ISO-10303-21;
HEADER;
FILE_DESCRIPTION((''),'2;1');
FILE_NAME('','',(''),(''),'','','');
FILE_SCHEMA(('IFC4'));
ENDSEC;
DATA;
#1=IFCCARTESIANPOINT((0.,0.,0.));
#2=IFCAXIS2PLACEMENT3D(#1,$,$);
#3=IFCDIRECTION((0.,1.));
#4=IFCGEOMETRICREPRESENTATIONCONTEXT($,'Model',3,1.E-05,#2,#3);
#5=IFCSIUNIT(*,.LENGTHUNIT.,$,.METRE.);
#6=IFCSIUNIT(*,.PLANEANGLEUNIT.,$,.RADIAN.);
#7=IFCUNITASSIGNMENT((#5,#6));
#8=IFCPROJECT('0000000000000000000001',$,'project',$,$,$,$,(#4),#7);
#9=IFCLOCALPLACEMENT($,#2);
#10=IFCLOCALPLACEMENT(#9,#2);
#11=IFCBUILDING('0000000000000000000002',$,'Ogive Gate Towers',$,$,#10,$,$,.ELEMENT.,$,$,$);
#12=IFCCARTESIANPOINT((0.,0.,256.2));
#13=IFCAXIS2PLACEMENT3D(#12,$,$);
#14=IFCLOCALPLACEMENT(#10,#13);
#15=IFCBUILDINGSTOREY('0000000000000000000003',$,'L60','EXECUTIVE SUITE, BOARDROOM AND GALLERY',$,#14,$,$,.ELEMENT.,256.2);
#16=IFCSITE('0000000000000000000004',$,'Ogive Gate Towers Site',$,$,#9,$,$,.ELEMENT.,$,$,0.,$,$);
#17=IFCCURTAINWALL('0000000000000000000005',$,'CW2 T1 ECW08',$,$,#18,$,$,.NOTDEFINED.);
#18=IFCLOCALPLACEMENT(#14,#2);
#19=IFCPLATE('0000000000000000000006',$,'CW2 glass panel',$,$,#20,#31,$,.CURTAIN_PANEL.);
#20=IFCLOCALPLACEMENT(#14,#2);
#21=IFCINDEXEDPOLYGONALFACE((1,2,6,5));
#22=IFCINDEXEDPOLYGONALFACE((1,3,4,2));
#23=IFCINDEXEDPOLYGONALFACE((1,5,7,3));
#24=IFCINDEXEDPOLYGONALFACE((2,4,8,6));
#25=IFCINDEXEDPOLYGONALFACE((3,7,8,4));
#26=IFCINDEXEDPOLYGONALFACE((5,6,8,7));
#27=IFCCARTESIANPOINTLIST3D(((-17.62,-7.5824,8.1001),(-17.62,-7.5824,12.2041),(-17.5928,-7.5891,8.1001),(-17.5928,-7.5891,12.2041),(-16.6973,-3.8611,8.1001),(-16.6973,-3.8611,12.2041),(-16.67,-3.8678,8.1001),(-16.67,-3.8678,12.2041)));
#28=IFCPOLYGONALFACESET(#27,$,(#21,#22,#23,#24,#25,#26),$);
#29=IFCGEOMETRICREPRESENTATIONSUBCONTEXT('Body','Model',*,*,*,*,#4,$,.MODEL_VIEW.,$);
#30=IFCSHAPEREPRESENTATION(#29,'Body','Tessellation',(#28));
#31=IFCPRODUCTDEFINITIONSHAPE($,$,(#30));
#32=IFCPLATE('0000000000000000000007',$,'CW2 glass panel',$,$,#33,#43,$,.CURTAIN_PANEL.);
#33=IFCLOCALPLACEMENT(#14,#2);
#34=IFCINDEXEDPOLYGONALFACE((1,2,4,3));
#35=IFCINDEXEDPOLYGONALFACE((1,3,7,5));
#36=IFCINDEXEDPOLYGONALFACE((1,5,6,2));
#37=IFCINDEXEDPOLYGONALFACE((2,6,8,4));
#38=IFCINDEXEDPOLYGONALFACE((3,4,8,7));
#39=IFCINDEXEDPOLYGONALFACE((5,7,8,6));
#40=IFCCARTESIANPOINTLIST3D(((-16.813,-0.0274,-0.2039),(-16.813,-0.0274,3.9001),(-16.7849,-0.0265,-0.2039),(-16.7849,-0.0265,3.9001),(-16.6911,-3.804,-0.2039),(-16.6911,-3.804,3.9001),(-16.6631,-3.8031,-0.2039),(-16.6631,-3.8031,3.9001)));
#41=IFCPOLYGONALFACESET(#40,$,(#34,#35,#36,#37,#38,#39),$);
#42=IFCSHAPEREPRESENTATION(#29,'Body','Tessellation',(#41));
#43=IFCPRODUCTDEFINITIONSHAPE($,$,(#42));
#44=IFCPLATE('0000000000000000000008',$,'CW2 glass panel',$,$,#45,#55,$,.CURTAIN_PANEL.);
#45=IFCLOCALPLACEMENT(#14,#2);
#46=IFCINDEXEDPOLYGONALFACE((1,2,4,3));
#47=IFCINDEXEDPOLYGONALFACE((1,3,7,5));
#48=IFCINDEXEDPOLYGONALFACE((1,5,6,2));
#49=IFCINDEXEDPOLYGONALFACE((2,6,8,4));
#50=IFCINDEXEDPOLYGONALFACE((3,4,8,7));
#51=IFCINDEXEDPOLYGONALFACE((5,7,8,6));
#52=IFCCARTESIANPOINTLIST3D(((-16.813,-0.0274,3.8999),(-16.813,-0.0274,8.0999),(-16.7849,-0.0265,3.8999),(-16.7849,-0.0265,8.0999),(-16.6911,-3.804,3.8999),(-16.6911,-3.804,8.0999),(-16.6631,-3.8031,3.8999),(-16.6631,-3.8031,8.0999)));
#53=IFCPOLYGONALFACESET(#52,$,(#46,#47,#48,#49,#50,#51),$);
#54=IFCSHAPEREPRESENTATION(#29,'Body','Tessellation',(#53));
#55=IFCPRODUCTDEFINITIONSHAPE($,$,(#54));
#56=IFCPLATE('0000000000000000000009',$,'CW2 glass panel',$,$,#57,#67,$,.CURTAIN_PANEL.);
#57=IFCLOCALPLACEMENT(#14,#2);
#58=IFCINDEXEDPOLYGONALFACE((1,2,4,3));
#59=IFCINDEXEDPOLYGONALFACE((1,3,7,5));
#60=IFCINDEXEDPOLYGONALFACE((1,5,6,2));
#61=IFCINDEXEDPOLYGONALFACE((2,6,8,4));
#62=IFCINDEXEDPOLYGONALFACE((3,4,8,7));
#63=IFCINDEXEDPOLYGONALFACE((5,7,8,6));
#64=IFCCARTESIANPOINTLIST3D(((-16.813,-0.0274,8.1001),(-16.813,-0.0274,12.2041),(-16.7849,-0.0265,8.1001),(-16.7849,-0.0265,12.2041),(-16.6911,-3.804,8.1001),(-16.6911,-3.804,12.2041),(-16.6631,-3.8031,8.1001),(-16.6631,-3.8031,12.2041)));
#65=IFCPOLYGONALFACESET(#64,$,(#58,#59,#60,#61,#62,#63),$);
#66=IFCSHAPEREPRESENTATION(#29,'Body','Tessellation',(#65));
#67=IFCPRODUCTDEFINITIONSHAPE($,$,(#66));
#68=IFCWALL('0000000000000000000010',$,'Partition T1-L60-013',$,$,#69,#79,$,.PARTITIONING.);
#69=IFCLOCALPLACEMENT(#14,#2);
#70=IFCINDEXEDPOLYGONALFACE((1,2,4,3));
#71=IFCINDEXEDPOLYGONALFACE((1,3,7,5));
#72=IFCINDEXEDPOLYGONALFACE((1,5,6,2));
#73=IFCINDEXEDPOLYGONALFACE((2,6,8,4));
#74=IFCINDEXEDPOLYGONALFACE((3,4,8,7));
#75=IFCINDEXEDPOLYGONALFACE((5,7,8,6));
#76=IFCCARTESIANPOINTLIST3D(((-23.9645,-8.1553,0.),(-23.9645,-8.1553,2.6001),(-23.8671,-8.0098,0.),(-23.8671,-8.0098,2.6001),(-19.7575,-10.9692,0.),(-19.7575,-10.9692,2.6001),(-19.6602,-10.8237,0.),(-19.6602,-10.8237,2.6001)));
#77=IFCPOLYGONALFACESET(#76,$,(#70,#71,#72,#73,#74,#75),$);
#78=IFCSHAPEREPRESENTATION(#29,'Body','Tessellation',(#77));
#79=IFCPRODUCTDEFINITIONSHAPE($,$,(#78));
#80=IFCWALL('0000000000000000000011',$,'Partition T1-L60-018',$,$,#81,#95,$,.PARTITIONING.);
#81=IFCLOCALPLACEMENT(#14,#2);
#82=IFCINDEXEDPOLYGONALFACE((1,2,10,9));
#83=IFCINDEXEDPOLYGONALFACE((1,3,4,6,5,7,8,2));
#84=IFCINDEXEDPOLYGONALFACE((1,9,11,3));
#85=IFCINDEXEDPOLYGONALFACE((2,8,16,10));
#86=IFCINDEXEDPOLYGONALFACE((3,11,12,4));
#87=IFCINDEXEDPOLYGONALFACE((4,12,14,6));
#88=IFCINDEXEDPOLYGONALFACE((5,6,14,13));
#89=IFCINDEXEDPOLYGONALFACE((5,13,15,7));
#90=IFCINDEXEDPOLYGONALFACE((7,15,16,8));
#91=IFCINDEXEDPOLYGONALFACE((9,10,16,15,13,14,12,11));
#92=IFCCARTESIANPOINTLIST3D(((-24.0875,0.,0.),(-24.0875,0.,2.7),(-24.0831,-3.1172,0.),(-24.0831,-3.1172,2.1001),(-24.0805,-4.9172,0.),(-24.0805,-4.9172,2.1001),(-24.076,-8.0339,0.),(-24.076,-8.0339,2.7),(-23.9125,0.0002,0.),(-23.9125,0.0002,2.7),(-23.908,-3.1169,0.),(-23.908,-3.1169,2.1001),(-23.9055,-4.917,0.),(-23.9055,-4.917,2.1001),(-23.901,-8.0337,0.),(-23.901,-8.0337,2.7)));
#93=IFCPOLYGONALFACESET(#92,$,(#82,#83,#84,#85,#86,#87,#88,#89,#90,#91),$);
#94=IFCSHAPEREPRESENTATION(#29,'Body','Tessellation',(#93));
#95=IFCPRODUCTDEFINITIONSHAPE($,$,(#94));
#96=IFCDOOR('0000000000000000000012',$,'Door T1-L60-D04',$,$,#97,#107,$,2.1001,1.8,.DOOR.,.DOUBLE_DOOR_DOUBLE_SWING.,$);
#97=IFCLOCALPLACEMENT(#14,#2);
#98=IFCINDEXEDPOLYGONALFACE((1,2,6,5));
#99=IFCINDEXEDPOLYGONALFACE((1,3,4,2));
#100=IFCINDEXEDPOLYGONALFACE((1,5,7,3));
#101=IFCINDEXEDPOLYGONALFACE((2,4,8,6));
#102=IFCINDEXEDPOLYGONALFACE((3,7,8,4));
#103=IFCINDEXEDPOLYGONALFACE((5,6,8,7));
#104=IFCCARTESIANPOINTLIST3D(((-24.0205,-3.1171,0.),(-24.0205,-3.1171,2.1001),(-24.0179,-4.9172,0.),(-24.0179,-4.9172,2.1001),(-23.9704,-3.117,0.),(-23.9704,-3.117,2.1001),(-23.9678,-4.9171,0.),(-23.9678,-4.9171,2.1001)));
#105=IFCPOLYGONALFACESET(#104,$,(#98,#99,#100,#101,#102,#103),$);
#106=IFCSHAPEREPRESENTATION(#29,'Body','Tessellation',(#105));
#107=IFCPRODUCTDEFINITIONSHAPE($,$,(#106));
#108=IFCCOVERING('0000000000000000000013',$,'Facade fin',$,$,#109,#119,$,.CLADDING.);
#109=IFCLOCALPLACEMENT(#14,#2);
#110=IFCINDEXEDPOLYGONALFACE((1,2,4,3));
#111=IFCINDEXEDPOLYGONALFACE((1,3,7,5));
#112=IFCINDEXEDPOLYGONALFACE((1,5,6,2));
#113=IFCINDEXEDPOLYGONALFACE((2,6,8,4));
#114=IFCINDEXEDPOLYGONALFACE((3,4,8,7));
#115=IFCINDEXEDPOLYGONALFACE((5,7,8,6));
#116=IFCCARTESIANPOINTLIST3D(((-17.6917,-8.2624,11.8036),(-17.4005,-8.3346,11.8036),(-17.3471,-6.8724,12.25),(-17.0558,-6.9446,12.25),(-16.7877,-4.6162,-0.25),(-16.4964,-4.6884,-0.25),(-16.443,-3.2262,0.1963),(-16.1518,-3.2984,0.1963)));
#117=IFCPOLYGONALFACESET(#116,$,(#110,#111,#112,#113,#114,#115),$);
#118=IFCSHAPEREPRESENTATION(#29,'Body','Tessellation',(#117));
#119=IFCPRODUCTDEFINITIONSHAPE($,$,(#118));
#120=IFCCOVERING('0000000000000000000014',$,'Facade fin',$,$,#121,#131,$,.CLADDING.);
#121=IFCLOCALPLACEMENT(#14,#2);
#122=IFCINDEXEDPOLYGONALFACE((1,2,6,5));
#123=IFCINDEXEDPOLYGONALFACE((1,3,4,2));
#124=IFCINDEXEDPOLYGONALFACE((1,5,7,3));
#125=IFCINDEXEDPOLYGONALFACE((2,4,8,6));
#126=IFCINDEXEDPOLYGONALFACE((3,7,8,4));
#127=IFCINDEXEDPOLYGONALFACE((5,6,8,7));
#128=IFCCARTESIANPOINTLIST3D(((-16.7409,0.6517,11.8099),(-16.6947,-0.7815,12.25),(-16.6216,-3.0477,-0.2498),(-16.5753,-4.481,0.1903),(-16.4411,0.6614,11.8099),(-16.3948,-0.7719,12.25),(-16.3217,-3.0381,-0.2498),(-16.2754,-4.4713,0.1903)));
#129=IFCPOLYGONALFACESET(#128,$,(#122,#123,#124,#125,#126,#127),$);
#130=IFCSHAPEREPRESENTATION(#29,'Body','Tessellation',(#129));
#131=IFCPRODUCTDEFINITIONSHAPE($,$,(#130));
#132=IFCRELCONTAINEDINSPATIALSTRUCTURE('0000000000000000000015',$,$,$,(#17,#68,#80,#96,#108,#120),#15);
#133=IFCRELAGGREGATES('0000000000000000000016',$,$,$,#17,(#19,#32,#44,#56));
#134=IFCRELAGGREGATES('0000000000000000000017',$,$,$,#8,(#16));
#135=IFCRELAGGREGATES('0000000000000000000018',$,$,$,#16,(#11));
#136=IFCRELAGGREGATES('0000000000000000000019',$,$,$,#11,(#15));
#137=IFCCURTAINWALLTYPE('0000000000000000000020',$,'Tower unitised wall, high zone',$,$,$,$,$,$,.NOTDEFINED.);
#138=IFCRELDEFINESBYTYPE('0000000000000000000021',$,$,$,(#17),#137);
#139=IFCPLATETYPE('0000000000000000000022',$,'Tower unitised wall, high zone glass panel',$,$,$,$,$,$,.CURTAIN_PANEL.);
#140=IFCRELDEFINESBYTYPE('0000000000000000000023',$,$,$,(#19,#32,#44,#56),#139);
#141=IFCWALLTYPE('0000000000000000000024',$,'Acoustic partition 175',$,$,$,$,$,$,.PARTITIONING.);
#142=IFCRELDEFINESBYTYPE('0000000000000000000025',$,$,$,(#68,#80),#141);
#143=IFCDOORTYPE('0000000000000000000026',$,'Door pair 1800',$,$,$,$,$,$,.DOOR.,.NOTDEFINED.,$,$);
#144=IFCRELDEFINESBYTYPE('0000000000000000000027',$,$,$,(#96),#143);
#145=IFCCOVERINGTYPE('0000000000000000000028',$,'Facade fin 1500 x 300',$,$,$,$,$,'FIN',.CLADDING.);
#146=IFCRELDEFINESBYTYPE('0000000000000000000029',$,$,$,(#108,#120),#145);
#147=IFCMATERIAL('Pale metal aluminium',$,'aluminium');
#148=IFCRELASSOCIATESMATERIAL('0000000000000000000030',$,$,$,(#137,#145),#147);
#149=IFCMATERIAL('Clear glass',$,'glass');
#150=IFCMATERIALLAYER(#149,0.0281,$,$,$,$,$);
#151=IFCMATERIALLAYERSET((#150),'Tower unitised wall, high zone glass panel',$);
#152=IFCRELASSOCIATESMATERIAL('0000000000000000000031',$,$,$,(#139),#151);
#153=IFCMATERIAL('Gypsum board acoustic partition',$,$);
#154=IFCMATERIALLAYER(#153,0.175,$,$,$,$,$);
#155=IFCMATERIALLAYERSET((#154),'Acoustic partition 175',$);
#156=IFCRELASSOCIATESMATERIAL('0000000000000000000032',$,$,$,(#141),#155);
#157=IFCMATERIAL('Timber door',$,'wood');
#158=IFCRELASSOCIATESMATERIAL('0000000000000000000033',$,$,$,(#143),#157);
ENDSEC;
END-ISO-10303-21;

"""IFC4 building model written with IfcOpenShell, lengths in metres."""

from ifc_helpers import new_model, si_unit, direction, frame, frame_2d, origin, origin_2d, place, context, subcontext, project, spatial, rectangle, extrude, material, layer, layer_set, material_profile, profile_set, type_object, element, fill, aggregate, save


model = new_model("IFC4")

# Units and contexts
model_context = context("Model", 3, precision=1e-05, world=origin(), true_north=direction((0.0, 1.0)))
body_context = subcontext(model_context, "Body", "Model", "MODEL_VIEW")
ifc_project = project(units=[si_unit("LENGTHUNIT", "METRE"), si_unit("PLANEANGLEUNIT", "RADIAN")], contexts=[model_context])

# Site, building, storey
site_placement = place(None, origin())
site = spatial("IfcSite", under=ifc_project, at=site_placement, Name="Ogive Gate Towers Site", CompositionType="ELEMENT", RefElevation=0.0)
building_placement = place(site_placement, origin())
building = spatial("IfcBuilding", under=site, at=building_placement, Name="Ogive Gate Towers", CompositionType="ELEMENT")
storey_placement = place(building_placement, frame((0.0, 0.0, 256.2)))
storey = spatial("IfcBuildingStorey", under=building, at=storey_placement, Name="L60", Description="EXECUTIVE SUITE, BOARDROOM AND GALLERY", CompositionType="ELEMENT", Elevation=256.2)

# Curtain wall, plates
ifc_material_1 = material(Name="Pale metal aluminium", Category="aluminium")
curtain_wall_type = type_object("IfcCurtainWallType", Name="Tower unitised wall, high zone", PredefinedType="NOTDEFINED", material=ifc_material_1)
curtain_wall_placement = place(storey_placement, origin())
curtain_wall = element("IfcCurtainWall", 1, at=curtain_wall_placement, inside=storey, type_object=curtain_wall_type, Name="CW2 T1 ECW08", PredefinedType="NOTDEFINED")
ifc_material_2 = material(Name="Clear glass", Category="glass")
ifc_layer_1 = layer(ifc_material_2, 0.0281)
ifc_layer_set_1 = layer_set([ifc_layer_1], Name="Tower unitised wall, high zone glass panel")
plate_type = type_object("IfcPlateType", Name="Tower unitised wall, high zone glass panel", PredefinedType="CURTAIN_PANEL", material=ifc_layer_set_1)
plate_1_placement = place(storey_placement, frame((-17.145, -5.7251, 8.1001), z_axis=(0.0, 0.0, 1.0), x_axis=(0.240669, 0.970607, 0.0)))
plate_1 = element("IfcPlate", 2, at=plate_1_placement, type_object=plate_type, Name="CW2 glass panel", PredefinedType="CURTAIN_PANEL", context=body_context, shape_type="SweptSolid", body=[
    extrude(rectangle(XDim=3.834, YDim=0.0281, at=origin_2d()), origin(), (0.0, 0.0, 1.0), 4.104),
])
plate_2_placement = place(storey_placement, frame((-16.738, -1.9153, -0.2039), z_axis=(0.0, 0.0, 1.0), x_axis=(-0.032248, 0.99948, 0.0)))
plate_2 = element("IfcPlate", 3, at=plate_2_placement, type_object=plate_type, Name="CW2 glass panel", PredefinedType="CURTAIN_PANEL", context=body_context, shape_type="SweptSolid", body=[
    extrude(rectangle(XDim=3.7786, YDim=0.0281, at=origin_2d()), origin(), (0.0, 0.0, 1.0), 4.104),
])
plate_3_placement = place(storey_placement, frame((-16.738, -1.9153, 3.8999), z_axis=(0.0, 0.0, 1.0), x_axis=(-0.032248, 0.99948, 0.0)))
plate_3 = element("IfcPlate", 4, at=plate_3_placement, type_object=plate_type, Name="CW2 glass panel", PredefinedType="CURTAIN_PANEL", context=body_context, shape_type="SweptSolid", body=[
    extrude(rectangle(XDim=3.7786, YDim=0.0281, at=origin_2d()), origin(), (0.0, 0.0, 1.0), 4.2),
])
plate_4_placement = place(storey_placement, frame((-16.738, -1.9153, 8.1001), z_axis=(0.0, 0.0, 1.0), x_axis=(-0.032248, 0.99948, 0.0)))
plate_4 = element("IfcPlate", 5, at=plate_4_placement, type_object=plate_type, Name="CW2 glass panel", PredefinedType="CURTAIN_PANEL", context=body_context, shape_type="SweptSolid", body=[
    extrude(rectangle(XDim=3.7786, YDim=0.0281, at=origin_2d()), origin(), (0.0, 0.0, 1.0), 4.104),
])
aggregate(curtain_wall, [plate_1, plate_2, plate_3, plate_4])

# Wall
ifc_material_3 = material(Name="Gypsum board acoustic partition")
ifc_layer_2 = layer(ifc_material_3, 0.175)
ifc_layer_set_2 = layer_set([ifc_layer_2], Name="Acoustic partition 175")
wall_type = type_object("IfcWallType", Name="Acoustic partition 175", PredefinedType="PARTITIONING", material=ifc_layer_set_2)
wall_1_placement = place(storey_placement, frame((-19.7087, -10.8965, 0.0), z_axis=(0.0, 0.0, 1.0), x_axis=(-0.831203, 0.555969, 0.0)))
element("IfcWall", 6, at=wall_1_placement, inside=storey, type_object=wall_type, Name="Partition T1-L60-013", PredefinedType="PARTITIONING", context=body_context, shape_type="SweptSolid", body=[
    extrude(rectangle(XDim=5.0613, YDim=0.175, at=frame_2d((2.5308, 0.0))), origin(), (0.0, 0.0, 1.0), 2.6001),
])

# Wall, opening, door
wall_2_placement = place(storey_placement, frame((-23.9885, -8.0339, 0.0), z_axis=(0.0, 0.0, 1.0), x_axis=(-0.001428, 0.999999, 0.0)))
wall_2 = element("IfcWall", 7, at=wall_2_placement, inside=storey, type_object=wall_type, Name="Partition T1-L60-018", PredefinedType="PARTITIONING", context=body_context, shape_type="SweptSolid", body=[
    extrude(rectangle(XDim=8.0339, YDim=0.175, at=frame_2d((4.0171, 0.0))), origin(), (0.0, 0.0, 1.0), 2.7),
])
opening_placement = place(wall_2_placement, frame((3.1169, 0.0, 0.0)))
opening = element("IfcOpeningElement", 8, at=opening_placement, cuts=wall_2, PredefinedType="OPENING", context=body_context, shape_type="SweptSolid", body=[
    extrude(rectangle(XDim=1.8, YDim=2.1001, at=frame_2d((0.8999, 1.05))), frame((0.0, 0.0977, 0.0), z_axis=(0.0, -1.0, 0.0), x_axis=(1.0, 0.0, 0.0)), (0.0, 0.0, 1.0), 0.1951),
])
ifc_material_4 = material(Name="Timber door", Category="wood")
door_type = type_object("IfcDoorType", Name="Door pair 1800", OperationType="NOTDEFINED", PredefinedType="DOOR", material=ifc_material_4)
door_placement = place(opening_placement, origin())
door = element("IfcDoor", 9, at=door_placement, inside=storey, type_object=door_type, Name="Door T1-L60-D04", OperationType="DOUBLE_DOOR_DOUBLE_SWING", OverallHeight=2.1001, OverallWidth=1.8, PredefinedType="DOOR", context=body_context, shape_type="SweptSolid", body=[
    extrude(rectangle(XDim=1.8, YDim=2.1001, at=frame_2d((0.8999, 1.05))), frame((0.0, 0.0249, 0.0), z_axis=(0.0, -1.0, 0.0), x_axis=(1.0, 0.0, 0.0)), (0.0, 0.0, 1.0), 0.05),
])
fill(opening, door)

# Coverings
ifc_material_profile_1 = material_profile(ifc_material_1, rectangle(XDim=0.3, YDim=1.5, at=origin_2d()), Name="1500 x 300 pale metal aluminium")
ifc_profile_set_1 = profile_set([ifc_material_profile_1], Name="Pale metal aluminium")
covering_type = type_object("IfcCoveringType", Name="Facade fin 1500 x 300", ElementType="FIN", PredefinedType="CLADDING", material=ifc_profile_set_1)
covering_1_placement = place(storey_placement, frame((-16.4697, -3.9573, -0.0269), z_axis=(-0.071605, -0.288799, 0.954708), x_axis=(0.970611, -0.240654, 0.0)))
element("IfcCovering", 10, at=covering_1_placement, inside=storey, type_object=covering_type, Name="Facade fin", PredefinedType="CLADDING", context=body_context, shape_type="SweptSolid", body=[
    extrude(rectangle(XDim=0.3, YDim=1.5, at=origin_2d()), origin(), (0.0, 0.0, 1.0), 12.6255),
])
covering_2_placement = place(storey_placement, frame((-16.4485, -3.7595, -0.0298), z_axis=(-0.009464, 0.293258, 0.955987), x_axis=(-0.99948, -0.032254, 0.0)))
element("IfcCovering", 11, at=covering_2_placement, inside=storey, type_object=covering_type, Name="Facade fin", PredefinedType="CLADDING", context=body_context, shape_type="SweptSolid", body=[
    extrude(rectangle(XDim=0.3, YDim=1.5, at=origin_2d()), origin(), (0.0, 0.0, 1.0), 12.615),
])

save(model, "model.ifc")
